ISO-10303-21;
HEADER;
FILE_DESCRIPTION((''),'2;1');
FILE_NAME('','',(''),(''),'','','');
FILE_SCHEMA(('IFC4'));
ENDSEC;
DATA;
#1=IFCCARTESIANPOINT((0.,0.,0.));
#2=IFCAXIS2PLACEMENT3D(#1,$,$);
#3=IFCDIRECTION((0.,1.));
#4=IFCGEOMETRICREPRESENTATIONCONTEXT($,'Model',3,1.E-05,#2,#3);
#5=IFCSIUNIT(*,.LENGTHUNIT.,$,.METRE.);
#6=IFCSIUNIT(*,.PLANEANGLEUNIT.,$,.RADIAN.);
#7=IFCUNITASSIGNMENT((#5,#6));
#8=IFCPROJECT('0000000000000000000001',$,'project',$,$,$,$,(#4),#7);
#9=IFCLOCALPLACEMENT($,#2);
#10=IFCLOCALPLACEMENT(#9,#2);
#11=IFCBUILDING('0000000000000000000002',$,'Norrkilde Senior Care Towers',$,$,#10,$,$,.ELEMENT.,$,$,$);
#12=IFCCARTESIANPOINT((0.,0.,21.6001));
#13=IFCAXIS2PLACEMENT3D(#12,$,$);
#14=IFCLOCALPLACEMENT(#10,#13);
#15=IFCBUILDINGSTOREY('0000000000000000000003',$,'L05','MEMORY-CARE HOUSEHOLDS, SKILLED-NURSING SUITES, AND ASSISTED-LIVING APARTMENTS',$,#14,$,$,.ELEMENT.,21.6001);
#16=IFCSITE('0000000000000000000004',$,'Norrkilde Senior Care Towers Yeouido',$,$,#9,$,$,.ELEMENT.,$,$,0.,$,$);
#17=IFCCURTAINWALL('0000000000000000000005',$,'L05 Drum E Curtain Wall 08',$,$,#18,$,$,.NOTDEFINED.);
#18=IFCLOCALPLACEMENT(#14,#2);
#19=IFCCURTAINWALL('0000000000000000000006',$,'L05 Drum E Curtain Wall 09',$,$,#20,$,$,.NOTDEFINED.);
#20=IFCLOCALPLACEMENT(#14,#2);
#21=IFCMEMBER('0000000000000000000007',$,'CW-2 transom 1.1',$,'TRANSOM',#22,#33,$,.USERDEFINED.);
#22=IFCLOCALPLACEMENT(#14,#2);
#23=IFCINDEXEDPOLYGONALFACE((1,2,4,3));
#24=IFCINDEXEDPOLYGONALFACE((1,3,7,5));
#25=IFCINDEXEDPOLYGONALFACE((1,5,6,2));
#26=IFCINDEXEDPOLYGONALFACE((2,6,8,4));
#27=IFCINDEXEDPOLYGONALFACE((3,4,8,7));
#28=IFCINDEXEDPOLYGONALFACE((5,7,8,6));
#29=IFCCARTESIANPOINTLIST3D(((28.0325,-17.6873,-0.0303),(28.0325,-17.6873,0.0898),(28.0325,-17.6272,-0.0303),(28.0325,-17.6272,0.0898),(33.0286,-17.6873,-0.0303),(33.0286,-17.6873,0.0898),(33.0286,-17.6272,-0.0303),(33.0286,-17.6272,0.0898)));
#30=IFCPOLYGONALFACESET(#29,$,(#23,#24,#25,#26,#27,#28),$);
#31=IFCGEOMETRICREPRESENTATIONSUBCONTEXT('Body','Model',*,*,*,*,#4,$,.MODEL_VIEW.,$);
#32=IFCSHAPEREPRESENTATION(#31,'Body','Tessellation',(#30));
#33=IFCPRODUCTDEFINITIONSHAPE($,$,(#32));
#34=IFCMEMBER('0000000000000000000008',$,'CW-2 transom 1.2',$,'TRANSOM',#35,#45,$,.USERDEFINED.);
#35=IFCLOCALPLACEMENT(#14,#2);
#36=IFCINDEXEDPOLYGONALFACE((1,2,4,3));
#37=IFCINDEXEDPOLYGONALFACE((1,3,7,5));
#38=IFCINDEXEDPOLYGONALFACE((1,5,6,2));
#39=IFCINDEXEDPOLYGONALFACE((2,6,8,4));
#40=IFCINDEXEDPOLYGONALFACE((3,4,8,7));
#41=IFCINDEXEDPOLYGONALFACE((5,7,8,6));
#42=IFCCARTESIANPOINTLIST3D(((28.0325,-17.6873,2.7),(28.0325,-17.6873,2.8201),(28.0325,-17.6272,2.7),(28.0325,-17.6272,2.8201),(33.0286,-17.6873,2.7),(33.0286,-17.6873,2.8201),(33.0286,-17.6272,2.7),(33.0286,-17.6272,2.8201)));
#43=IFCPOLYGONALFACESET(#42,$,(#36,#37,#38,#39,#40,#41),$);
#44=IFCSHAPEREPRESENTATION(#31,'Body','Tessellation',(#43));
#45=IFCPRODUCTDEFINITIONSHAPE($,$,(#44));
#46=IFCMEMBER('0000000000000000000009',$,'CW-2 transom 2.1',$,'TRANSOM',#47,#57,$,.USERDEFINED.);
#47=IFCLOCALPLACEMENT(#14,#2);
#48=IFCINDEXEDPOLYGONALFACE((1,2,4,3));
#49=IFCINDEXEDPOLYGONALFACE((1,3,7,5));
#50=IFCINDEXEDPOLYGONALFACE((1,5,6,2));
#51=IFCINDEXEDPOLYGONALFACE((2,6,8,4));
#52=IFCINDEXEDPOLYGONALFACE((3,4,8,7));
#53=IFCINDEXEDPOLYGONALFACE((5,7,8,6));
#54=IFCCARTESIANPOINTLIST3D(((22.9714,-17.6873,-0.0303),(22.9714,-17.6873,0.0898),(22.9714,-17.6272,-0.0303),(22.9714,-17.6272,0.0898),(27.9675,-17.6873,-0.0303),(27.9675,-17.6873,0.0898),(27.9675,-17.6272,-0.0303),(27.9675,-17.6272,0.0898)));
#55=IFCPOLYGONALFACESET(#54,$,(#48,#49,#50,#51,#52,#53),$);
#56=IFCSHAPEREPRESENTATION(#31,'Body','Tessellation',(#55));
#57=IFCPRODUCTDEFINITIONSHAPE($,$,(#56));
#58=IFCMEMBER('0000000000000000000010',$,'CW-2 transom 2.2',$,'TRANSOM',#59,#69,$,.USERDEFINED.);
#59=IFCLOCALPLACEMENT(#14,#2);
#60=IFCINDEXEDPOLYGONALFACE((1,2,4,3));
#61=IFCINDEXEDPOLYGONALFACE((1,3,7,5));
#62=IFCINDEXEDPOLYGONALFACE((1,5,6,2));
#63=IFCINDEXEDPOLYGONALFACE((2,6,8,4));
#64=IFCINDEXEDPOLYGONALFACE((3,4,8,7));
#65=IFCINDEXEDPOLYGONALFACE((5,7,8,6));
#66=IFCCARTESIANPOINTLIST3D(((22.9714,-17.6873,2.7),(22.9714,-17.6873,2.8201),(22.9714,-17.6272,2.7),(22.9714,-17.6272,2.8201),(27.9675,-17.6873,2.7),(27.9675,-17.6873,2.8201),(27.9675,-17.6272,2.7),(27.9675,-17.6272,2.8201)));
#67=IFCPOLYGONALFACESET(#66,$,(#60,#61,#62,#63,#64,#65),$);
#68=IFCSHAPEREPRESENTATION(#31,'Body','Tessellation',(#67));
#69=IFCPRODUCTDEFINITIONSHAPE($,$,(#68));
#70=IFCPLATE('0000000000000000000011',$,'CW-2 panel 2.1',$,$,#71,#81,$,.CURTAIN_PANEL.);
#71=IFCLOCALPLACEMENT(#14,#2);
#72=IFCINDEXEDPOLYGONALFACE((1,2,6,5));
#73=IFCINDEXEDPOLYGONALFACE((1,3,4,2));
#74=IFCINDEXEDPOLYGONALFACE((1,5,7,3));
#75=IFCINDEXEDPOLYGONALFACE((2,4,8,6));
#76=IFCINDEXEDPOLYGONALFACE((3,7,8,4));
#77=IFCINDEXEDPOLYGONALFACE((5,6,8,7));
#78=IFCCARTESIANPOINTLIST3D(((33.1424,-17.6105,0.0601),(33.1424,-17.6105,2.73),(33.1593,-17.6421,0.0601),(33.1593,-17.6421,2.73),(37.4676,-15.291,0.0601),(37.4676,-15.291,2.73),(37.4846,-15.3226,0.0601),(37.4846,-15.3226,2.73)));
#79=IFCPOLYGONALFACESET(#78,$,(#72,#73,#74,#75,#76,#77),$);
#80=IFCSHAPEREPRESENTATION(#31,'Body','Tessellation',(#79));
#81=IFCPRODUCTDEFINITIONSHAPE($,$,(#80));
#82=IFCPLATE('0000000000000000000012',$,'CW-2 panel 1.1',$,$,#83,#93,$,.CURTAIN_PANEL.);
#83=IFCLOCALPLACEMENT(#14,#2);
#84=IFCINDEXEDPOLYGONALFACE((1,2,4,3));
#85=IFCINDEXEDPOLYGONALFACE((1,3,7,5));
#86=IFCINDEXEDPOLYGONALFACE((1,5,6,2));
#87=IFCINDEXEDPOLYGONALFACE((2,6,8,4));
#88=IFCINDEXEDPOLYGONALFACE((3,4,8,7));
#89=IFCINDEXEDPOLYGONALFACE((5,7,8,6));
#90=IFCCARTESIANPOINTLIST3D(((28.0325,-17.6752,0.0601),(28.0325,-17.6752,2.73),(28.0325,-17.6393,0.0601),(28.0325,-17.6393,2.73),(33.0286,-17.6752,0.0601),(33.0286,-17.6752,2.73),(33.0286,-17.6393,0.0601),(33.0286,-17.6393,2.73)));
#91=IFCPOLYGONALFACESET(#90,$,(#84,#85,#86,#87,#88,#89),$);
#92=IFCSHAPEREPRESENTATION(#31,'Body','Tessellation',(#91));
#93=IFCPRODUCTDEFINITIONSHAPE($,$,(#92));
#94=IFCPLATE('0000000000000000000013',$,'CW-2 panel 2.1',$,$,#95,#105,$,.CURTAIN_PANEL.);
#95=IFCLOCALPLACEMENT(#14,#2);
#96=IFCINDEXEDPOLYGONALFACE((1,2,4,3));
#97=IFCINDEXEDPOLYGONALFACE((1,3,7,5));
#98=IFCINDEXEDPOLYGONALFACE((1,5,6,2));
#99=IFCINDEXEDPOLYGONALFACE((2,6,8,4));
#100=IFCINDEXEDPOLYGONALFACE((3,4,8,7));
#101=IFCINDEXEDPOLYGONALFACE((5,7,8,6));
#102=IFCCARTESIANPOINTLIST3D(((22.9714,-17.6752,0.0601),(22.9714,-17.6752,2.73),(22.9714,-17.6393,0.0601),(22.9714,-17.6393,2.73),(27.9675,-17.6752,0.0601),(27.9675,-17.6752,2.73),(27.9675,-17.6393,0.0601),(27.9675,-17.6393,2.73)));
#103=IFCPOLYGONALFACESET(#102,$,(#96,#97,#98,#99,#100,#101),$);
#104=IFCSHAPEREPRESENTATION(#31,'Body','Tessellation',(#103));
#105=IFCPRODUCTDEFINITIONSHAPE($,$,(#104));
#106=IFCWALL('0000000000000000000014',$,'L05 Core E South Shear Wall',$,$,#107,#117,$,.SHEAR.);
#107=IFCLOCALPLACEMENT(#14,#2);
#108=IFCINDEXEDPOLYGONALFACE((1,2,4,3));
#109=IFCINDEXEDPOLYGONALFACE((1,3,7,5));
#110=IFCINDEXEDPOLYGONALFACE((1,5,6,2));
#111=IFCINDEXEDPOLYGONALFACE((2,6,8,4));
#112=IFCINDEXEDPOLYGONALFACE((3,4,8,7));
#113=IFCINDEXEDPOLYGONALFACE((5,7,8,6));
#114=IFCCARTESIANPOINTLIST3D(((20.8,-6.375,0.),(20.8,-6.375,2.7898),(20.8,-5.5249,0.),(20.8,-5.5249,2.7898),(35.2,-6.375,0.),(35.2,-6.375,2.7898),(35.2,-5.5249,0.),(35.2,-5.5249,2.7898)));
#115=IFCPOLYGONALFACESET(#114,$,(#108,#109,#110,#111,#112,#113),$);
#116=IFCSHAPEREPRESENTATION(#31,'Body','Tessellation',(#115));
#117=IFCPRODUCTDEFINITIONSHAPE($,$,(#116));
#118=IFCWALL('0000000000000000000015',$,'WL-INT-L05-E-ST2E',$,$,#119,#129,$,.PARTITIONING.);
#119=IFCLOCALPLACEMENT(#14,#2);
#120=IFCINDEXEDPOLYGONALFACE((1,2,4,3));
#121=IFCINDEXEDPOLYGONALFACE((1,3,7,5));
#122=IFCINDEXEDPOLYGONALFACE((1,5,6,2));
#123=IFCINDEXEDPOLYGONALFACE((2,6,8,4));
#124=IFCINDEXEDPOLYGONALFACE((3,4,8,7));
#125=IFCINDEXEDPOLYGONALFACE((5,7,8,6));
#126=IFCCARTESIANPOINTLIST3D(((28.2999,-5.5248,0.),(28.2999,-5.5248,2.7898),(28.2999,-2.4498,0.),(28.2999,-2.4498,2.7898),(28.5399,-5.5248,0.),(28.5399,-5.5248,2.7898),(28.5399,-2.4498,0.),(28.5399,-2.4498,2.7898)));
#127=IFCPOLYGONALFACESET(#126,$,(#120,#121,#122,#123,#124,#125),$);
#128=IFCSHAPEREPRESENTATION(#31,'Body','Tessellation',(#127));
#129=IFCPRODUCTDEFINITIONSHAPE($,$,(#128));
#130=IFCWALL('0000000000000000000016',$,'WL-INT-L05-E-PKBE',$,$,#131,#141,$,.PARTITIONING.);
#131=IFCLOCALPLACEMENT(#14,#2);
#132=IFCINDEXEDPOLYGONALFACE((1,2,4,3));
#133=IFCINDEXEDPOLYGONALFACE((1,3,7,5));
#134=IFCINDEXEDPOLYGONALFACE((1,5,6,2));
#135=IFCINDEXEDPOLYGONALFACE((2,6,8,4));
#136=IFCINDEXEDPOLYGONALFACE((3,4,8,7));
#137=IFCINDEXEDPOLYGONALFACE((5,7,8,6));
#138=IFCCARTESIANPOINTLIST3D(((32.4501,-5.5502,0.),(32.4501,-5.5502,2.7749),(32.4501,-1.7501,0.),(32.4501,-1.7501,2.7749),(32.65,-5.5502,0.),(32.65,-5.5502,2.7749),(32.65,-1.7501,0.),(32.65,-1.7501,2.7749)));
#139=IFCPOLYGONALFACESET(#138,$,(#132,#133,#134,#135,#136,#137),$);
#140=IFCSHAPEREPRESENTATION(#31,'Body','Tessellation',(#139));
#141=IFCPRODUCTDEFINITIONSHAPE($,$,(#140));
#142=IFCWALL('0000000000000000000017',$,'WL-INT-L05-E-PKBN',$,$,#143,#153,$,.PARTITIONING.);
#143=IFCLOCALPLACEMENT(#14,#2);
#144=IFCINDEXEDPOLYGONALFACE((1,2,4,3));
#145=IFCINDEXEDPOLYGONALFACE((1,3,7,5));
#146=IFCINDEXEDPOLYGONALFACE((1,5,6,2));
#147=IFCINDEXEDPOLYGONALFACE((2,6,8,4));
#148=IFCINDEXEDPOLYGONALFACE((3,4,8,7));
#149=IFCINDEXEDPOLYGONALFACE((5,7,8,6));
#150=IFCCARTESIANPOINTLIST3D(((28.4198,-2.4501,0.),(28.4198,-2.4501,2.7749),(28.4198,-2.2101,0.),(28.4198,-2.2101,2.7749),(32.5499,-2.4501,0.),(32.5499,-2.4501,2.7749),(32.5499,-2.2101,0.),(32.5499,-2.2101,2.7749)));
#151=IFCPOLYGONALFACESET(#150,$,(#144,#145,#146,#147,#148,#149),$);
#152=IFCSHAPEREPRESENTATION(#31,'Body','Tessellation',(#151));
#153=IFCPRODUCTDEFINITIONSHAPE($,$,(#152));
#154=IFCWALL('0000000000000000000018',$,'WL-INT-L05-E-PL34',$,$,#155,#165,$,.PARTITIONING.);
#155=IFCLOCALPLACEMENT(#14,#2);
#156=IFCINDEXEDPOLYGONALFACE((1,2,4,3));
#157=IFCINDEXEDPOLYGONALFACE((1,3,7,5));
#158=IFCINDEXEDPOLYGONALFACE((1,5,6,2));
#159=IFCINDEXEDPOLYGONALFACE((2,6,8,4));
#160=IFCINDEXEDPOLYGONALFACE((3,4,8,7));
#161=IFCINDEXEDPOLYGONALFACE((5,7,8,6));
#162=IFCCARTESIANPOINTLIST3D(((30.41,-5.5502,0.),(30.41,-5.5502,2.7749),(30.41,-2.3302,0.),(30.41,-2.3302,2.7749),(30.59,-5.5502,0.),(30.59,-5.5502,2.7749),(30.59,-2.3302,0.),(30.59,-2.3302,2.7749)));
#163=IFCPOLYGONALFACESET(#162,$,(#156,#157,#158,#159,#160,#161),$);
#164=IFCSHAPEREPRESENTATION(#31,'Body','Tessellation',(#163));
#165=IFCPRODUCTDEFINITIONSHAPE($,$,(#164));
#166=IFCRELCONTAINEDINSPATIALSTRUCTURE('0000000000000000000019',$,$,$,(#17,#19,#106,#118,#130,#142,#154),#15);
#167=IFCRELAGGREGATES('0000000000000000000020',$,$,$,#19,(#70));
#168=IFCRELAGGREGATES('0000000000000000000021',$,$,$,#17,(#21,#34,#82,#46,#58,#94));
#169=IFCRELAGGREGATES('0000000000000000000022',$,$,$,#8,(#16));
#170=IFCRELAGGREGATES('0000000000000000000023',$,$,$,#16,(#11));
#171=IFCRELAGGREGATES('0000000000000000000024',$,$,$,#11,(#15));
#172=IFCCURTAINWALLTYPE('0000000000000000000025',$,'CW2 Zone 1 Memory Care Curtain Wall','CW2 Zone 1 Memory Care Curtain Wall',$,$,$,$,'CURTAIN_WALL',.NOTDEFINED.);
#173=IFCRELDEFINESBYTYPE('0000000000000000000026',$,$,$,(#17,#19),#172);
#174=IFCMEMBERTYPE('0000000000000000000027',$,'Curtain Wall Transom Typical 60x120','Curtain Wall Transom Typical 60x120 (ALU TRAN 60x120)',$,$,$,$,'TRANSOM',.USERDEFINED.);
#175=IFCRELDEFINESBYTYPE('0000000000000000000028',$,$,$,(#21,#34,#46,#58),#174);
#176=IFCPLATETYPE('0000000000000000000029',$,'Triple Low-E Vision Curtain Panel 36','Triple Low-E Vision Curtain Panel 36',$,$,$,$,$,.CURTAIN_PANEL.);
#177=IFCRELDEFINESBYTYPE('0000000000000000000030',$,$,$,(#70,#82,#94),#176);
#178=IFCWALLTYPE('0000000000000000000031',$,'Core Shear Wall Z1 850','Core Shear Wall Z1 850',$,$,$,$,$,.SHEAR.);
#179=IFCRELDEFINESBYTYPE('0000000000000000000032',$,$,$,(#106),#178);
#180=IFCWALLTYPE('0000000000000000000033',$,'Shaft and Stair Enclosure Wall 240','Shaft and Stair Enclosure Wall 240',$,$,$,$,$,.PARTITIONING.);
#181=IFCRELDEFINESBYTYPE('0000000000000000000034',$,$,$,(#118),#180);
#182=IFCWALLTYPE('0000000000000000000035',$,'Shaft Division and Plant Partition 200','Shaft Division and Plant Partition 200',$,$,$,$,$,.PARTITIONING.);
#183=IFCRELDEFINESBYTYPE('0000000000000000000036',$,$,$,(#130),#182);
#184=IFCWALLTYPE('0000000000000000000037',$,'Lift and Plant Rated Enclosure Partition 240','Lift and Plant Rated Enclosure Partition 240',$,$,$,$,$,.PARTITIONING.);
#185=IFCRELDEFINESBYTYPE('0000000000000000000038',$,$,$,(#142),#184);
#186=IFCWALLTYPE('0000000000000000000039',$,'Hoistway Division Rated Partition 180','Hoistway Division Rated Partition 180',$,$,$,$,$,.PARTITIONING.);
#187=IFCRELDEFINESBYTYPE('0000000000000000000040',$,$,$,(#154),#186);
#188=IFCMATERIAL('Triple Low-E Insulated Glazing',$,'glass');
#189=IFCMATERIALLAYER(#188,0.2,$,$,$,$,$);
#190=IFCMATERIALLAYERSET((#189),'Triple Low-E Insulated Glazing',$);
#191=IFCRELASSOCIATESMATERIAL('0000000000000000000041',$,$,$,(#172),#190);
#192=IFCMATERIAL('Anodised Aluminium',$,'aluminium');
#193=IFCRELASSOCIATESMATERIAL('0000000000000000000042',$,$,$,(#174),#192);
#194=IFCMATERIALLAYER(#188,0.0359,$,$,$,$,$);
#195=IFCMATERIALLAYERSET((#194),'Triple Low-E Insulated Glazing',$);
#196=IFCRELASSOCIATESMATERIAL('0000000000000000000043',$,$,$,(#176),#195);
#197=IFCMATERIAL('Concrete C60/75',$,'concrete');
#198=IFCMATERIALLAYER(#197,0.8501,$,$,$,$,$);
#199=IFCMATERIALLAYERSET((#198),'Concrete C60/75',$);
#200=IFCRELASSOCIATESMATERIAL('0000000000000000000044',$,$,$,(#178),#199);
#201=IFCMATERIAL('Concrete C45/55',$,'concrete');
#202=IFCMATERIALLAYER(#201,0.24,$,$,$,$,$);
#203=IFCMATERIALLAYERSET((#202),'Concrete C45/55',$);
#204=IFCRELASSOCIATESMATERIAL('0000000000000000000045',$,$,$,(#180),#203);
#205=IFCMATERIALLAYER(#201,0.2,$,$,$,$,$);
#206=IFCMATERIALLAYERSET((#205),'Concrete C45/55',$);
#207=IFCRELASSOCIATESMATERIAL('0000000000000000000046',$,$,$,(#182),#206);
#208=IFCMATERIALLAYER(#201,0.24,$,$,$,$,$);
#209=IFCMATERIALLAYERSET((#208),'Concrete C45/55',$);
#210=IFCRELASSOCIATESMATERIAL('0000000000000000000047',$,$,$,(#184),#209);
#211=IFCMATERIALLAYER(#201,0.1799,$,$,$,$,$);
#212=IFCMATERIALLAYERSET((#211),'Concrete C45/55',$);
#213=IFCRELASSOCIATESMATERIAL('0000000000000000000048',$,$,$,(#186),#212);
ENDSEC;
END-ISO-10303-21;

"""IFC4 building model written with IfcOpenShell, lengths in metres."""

from ifc_helpers import new_model, si_unit, direction, frame, frame_2d, origin, origin_2d, place, context, subcontext, project, spatial, rectangle, extrude, source, transform, mapped, material, layer, layer_set, material_profile, profile_set, type_object, type_shapes, element, aggregate, save


model = new_model("IFC4")

# Units and contexts
model_context = context("Model", 3, precision=1e-05, world=origin(), true_north=direction((0.0, 1.0)))
body_context = subcontext(model_context, "Body", "Model", "MODEL_VIEW")
ifc_project = project(units=[si_unit("LENGTHUNIT", "METRE"), si_unit("PLANEANGLEUNIT", "RADIAN")], contexts=[model_context])

# Site, building, storey
site_placement = place(None, origin())
site = spatial("IfcSite", under=ifc_project, at=site_placement, Name="Norrkilde Senior Care Towers Yeouido", CompositionType="ELEMENT", RefElevation=0.0)
building_placement = place(site_placement, origin())
building = spatial("IfcBuilding", under=site, at=building_placement, Name="Norrkilde Senior Care Towers", CompositionType="ELEMENT")
storey_placement = place(building_placement, frame((0.0, 0.0, 21.6001)))
storey = spatial("IfcBuildingStorey", under=building, at=storey_placement, Name="L05", Description="MEMORY-CARE HOUSEHOLDS, SKILLED-NURSING SUITES, AND ASSISTED-LIVING APARTMENTS", CompositionType="ELEMENT", Elevation=21.6001)

# Shared definitions
ifc_material_1 = material(Name="Concrete C60/75", Category="concrete")

# Curtain wall
ifc_material_2 = material(Name="Triple Low-E Insulated Glazing", Category="glass")
ifc_layer_1 = layer(ifc_material_2, 0.2)
ifc_layer_set_1 = layer_set([ifc_layer_1], Name="Triple Low-E Insulated Glazing")
curtain_wall_type = type_object("IfcCurtainWallType", Name="CW2 Zone 1 Memory Care Curtain Wall", Description="CW2 Zone 1 Memory Care Curtain Wall", ElementType="CURTAIN_WALL", PredefinedType="NOTDEFINED", material=ifc_layer_set_1)
curtain_wall_1_placement = place(storey_placement, origin())
curtain_wall_1 = element("IfcCurtainWall", 1, at=curtain_wall_1_placement, inside=storey, type_object=curtain_wall_type, Name="L05 Drum E Curtain Wall 08", PredefinedType="NOTDEFINED")
ifc_material_3 = material(Name="Anodised Aluminium", Category="aluminium")

# Curtain wall
curtain_wall_2_placement = place(storey_placement, origin())
curtain_wall_2 = element("IfcCurtainWall", 2, at=curtain_wall_2_placement, inside=storey, type_object=curtain_wall_type, Name="L05 Drum E Curtain Wall 09", PredefinedType="NOTDEFINED")

# Members
ifc_material_profile_1 = material_profile(ifc_material_3, rectangle(XDim=0.0601, YDim=0.1201, at=origin_2d()), Name="ALU TRAN 60x120")
ifc_profile_set_1 = profile_set([ifc_material_profile_1], Name="Anodised Aluminium")
member_type_1 = type_object("IfcMemberType", Name="Curtain Wall Transom Typical 60x120", Description="Curtain Wall Transom Typical 60x120 (ALU TRAN 60x120)", ElementType="TRANSOM", PredefinedType="USERDEFINED", material=ifc_profile_set_1)
shared_shape_1 = source(origin(), body_context, "Body", "SweptSolid", [
    extrude(rectangle(XDim=0.0601, YDim=0.1201, at=origin_2d()), origin(), (0.0, 0.0, 1.0), 4.9961),
])
type_shapes(member_type_1, [shared_shape_1])
member_1_placement = place(storey_placement, frame((33.0286, -17.6572, 0.0298), z_axis=(-1.0, 0.0, 0.0), x_axis=(0.0, -1.0, 0.0)))
member_1 = element("IfcMember", 3, at=member_1_placement, type_object=member_type_1, Name="CW-2 transom 1.1", ObjectType="TRANSOM", PredefinedType="USERDEFINED", context=body_context, shape_type="MappedRepresentation", body=[
    mapped(shared_shape_1, transform((0.0, 0.0, 0.0), x_axis=(1.0, 0.0, 0.0), y_axis=(0.0, 1.0, 0.0), z_axis=(0.0, 0.0, 1.0), scale=1.0)),
])
member_2_placement = place(storey_placement, frame((33.0286, -17.6572, 2.76), z_axis=(-1.0, 0.0, 0.0), x_axis=(0.0, -1.0, 0.0)))
member_2 = element("IfcMember", 4, at=member_2_placement, type_object=member_type_1, Name="CW-2 transom 1.2", ObjectType="TRANSOM", PredefinedType="USERDEFINED", context=body_context, shape_type="MappedRepresentation", body=[
    mapped(shared_shape_1, transform((0.0, 0.0, 0.0), x_axis=(1.0, 0.0, 0.0), y_axis=(0.0, 1.0, 0.0), z_axis=(0.0, 0.0, 1.0), scale=1.0)),
])
member_3_placement = place(storey_placement, frame((27.9675, -17.6572, 0.0298), z_axis=(-1.0, 0.0, 0.0), x_axis=(0.0, -1.0, 0.0)))
member_3 = element("IfcMember", 5, at=member_3_placement, type_object=member_type_1, Name="CW-2 transom 2.1", ObjectType="TRANSOM", PredefinedType="USERDEFINED", context=body_context, shape_type="MappedRepresentation", body=[
    mapped(shared_shape_1, transform((0.0, 0.0, 0.0), x_axis=(1.0, 0.0, 0.0), y_axis=(0.0, 1.0, 0.0), z_axis=(0.0, 0.0, 1.0), scale=1.0)),
])
member_4_placement = place(storey_placement, frame((27.9675, -17.6572, 2.76), z_axis=(-1.0, 0.0, 0.0), x_axis=(0.0, -1.0, 0.0)))
member_4 = element("IfcMember", 6, at=member_4_placement, type_object=member_type_1, Name="CW-2 transom 2.2", ObjectType="TRANSOM", PredefinedType="USERDEFINED", context=body_context, shape_type="MappedRepresentation", body=[
    mapped(shared_shape_1, transform((0.0, 0.0, 0.0), x_axis=(1.0, 0.0, 0.0), y_axis=(0.0, 1.0, 0.0), z_axis=(0.0, 0.0, 1.0), scale=1.0)),
])

# Plates
ifc_layer_2 = layer(ifc_material_2, 0.0359)
ifc_layer_set_2 = layer_set([ifc_layer_2], Name="Triple Low-E Insulated Glazing")
plate_type = type_object("IfcPlateType", Name="Triple Low-E Vision Curtain Panel 36", Description="Triple Low-E Vision Curtain Panel 36", PredefinedType="CURTAIN_PANEL", material=ifc_layer_set_2)
shared_shape_2 = source(origin(), body_context, "Body", "SweptSolid", [
    extrude(rectangle(XDim=4.908, YDim=0.0359, at=origin_2d()), origin(), (0.0, 0.0, 1.0), 2.6699),
])
plate_1_placement = place(storey_placement, frame((35.3135, -16.4666, 0.0601), z_axis=(0.0, 0.0, 1.0), x_axis=(-0.881273, -0.472608, 0.0)))
plate_1 = element("IfcPlate", 7, at=plate_1_placement, type_object=plate_type, Name="CW-2 panel 2.1", PredefinedType="CURTAIN_PANEL", context=body_context, shape_type="MappedRepresentation", body=[
    mapped(shared_shape_2, transform((0.0, 0.0, 0.0), x_axis=(1.0, 0.0, 0.0), y_axis=(0.0, 1.0, 0.0), z_axis=(0.0, 0.0, 1.0), scale=1.0)),
])
aggregate(curtain_wall_2, [plate_1])
shared_shape_3 = source(origin(), body_context, "Body", "SweptSolid", [
    extrude(rectangle(XDim=4.9961, YDim=0.0359, at=origin_2d()), origin(), (0.0, 0.0, 1.0), 2.6699),
])
type_shapes(plate_type, [shared_shape_2, shared_shape_3])
plate_2_placement = place(storey_placement, frame((30.5305, -17.6572, 0.0601), z_axis=(0.0, 0.0, 1.0), x_axis=(-1.0, 0.0, 0.0)))
plate_2 = element("IfcPlate", 8, at=plate_2_placement, type_object=plate_type, Name="CW-2 panel 1.1", PredefinedType="CURTAIN_PANEL", context=body_context, shape_type="MappedRepresentation", body=[
    mapped(shared_shape_3, transform((0.0, 0.0, 0.0), x_axis=(1.0, 0.0, 0.0), y_axis=(0.0, 1.0, 0.0), z_axis=(0.0, 0.0, 1.0), scale=1.0)),
])
plate_3_placement = place(storey_placement, frame((25.4695, -17.6572, 0.0601), z_axis=(0.0, 0.0, 1.0), x_axis=(-1.0, 0.0, 0.0)))
plate_3 = element("IfcPlate", 9, at=plate_3_placement, type_object=plate_type, Name="CW-2 panel 2.1", PredefinedType="CURTAIN_PANEL", context=body_context, shape_type="MappedRepresentation", body=[
    mapped(shared_shape_3, transform((0.0, 0.0, 0.0), x_axis=(1.0, 0.0, 0.0), y_axis=(0.0, 1.0, 0.0), z_axis=(0.0, 0.0, 1.0), scale=1.0)),
])
aggregate(curtain_wall_1, [member_1, member_2, plate_2, member_3, member_4, plate_3])

# Walls
ifc_layer_3 = layer(ifc_material_1, 0.8501)
ifc_layer_set_3 = layer_set([ifc_layer_3], Name="Concrete C60/75")
wall_type_1 = type_object("IfcWallType", Name="Core Shear Wall Z1 850", Description="Core Shear Wall Z1 850", PredefinedType="SHEAR", material=ifc_layer_set_3)
shared_shape_4 = source(origin(), body_context, "Body", "SweptSolid", [
    extrude(rectangle(XDim=14.3999, YDim=0.8501, at=frame_2d((7.2, 0.0))), origin(), (0.0, 0.0, 1.0), 2.7898),
])
type_shapes(wall_type_1, [shared_shape_4])
wall_1_placement = place(storey_placement, frame((35.2, -5.95, 0.0), z_axis=(0.0, 0.0, 1.0), x_axis=(-1.0, 0.0, 0.0)))
element("IfcWall", 10, at=wall_1_placement, inside=storey, type_object=wall_type_1, Name="L05 Core E South Shear Wall", PredefinedType="SHEAR", context=body_context, shape_type="MappedRepresentation", body=[
    mapped(shared_shape_4, transform((0.0, 0.0, 0.0), x_axis=(1.0, 0.0, 0.0), y_axis=(0.0, 1.0, 0.0), z_axis=(0.0, 0.0, 1.0), scale=1.0)),
])
ifc_material_4 = material(Name="Concrete C45/55", Category="concrete")
ifc_layer_4 = layer(ifc_material_4, 0.24)
ifc_layer_set_4 = layer_set([ifc_layer_4], Name="Concrete C45/55")
wall_type_2 = type_object("IfcWallType", Name="Shaft and Stair Enclosure Wall 240", Description="Shaft and Stair Enclosure Wall 240", PredefinedType="PARTITIONING", material=ifc_layer_set_4)
shared_shape_5 = source(origin(), body_context, "Body", "SweptSolid", [
    extrude(rectangle(XDim=3.075, YDim=0.24, at=frame_2d((1.5376, 0.0))), origin(), (0.0, 0.0, 1.0), 2.7898),
])
type_shapes(wall_type_2, [shared_shape_5])
wall_2_placement = place(storey_placement, frame((28.4199, -5.5249, 0.0), z_axis=(0.0, 0.0, 1.0), x_axis=(0.0, 1.0, 0.0)))
element("IfcWall", 11, at=wall_2_placement, inside=storey, type_object=wall_type_2, Name="WL-INT-L05-E-ST2E", PredefinedType="PARTITIONING", context=body_context, shape_type="MappedRepresentation", body=[
    mapped(shared_shape_5, transform((0.0, 0.0, 0.0), x_axis=(1.0, 0.0, 0.0), y_axis=(0.0, 1.0, 0.0), z_axis=(0.0, 0.0, 1.0), scale=1.0)),
])
ifc_layer_5 = layer(ifc_material_4, 0.2)
ifc_layer_set_5 = layer_set([ifc_layer_5], Name="Concrete C45/55")
wall_type_3 = type_object("IfcWallType", Name="Shaft Division and Plant Partition 200", Description="Shaft Division and Plant Partition 200", PredefinedType="PARTITIONING", material=ifc_layer_set_5)
shared_shape_6 = source(origin(), body_context, "Body", "SweptSolid", [
    extrude(rectangle(XDim=3.8, YDim=0.2, at=frame_2d((1.8999, 0.0))), origin(), (0.0, 0.0, 1.0), 2.7749),
])
type_shapes(wall_type_3, [shared_shape_6])
wall_3_placement = place(storey_placement, frame((32.55, -5.55, 0.0), z_axis=(0.0, 0.0, 1.0), x_axis=(0.0, 1.0, 0.0)))
element("IfcWall", 12, at=wall_3_placement, inside=storey, type_object=wall_type_3, Name="WL-INT-L05-E-PKBE", PredefinedType="PARTITIONING", context=body_context, shape_type="MappedRepresentation", body=[
    mapped(shared_shape_6, transform((0.0, 0.0, 0.0), x_axis=(1.0, 0.0, 0.0), y_axis=(0.0, 1.0, 0.0), z_axis=(0.0, 0.0, 1.0), scale=1.0)),
])
ifc_layer_6 = layer(ifc_material_4, 0.24)
ifc_layer_set_6 = layer_set([ifc_layer_6], Name="Concrete C45/55")
wall_type_4 = type_object("IfcWallType", Name="Lift and Plant Rated Enclosure Partition 240", Description="Lift and Plant Rated Enclosure Partition 240", PredefinedType="PARTITIONING", material=ifc_layer_set_6)
shared_shape_7 = source(origin(), body_context, "Body", "SweptSolid", [
    extrude(rectangle(XDim=4.1301, YDim=0.24, at=frame_2d((2.0649, 0.0))), origin(), (0.0, 0.0, 1.0), 2.7749),
])
type_shapes(wall_type_4, [shared_shape_7])
wall_4_placement = place(storey_placement, frame((28.4199, -2.3301, 0.0), z_axis=(0.0, 0.0, 1.0), x_axis=(1.0, 0.0, 0.0)))
element("IfcWall", 13, at=wall_4_placement, inside=storey, type_object=wall_type_4, Name="WL-INT-L05-E-PKBN", PredefinedType="PARTITIONING", context=body_context, shape_type="MappedRepresentation", body=[
    mapped(shared_shape_7, transform((0.0, 0.0, 0.0), x_axis=(1.0, 0.0, 0.0), y_axis=(0.0, 1.0, 0.0), z_axis=(0.0, 0.0, 1.0), scale=1.0)),
])
ifc_layer_7 = layer(ifc_material_4, 0.1799)
ifc_layer_set_7 = layer_set([ifc_layer_7], Name="Concrete C45/55")
wall_type_5 = type_object("IfcWallType", Name="Hoistway Division Rated Partition 180", Description="Hoistway Division Rated Partition 180", PredefinedType="PARTITIONING", material=ifc_layer_set_7)
shared_shape_8 = source(origin(), body_context, "Body", "SweptSolid", [
    extrude(rectangle(XDim=3.22, YDim=0.1799, at=frame_2d((1.6099, 0.0))), origin(), (0.0, 0.0, 1.0), 2.7749),
])
type_shapes(wall_type_5, [shared_shape_8])
wall_5_placement = place(storey_placement, frame((30.5, -5.55, 0.0), z_axis=(0.0, 0.0, 1.0), x_axis=(0.0, 1.0, 0.0)))
element("IfcWall", 14, at=wall_5_placement, inside=storey, type_object=wall_type_5, Name="WL-INT-L05-E-PL34", PredefinedType="PARTITIONING", context=body_context, shape_type="MappedRepresentation", body=[
    mapped(shared_shape_8, transform((0.0, 0.0, 0.0), x_axis=(1.0, 0.0, 0.0), y_axis=(0.0, 1.0, 0.0), z_axis=(0.0, 0.0, 1.0), scale=1.0)),
])

save(model, "model.ifc")
